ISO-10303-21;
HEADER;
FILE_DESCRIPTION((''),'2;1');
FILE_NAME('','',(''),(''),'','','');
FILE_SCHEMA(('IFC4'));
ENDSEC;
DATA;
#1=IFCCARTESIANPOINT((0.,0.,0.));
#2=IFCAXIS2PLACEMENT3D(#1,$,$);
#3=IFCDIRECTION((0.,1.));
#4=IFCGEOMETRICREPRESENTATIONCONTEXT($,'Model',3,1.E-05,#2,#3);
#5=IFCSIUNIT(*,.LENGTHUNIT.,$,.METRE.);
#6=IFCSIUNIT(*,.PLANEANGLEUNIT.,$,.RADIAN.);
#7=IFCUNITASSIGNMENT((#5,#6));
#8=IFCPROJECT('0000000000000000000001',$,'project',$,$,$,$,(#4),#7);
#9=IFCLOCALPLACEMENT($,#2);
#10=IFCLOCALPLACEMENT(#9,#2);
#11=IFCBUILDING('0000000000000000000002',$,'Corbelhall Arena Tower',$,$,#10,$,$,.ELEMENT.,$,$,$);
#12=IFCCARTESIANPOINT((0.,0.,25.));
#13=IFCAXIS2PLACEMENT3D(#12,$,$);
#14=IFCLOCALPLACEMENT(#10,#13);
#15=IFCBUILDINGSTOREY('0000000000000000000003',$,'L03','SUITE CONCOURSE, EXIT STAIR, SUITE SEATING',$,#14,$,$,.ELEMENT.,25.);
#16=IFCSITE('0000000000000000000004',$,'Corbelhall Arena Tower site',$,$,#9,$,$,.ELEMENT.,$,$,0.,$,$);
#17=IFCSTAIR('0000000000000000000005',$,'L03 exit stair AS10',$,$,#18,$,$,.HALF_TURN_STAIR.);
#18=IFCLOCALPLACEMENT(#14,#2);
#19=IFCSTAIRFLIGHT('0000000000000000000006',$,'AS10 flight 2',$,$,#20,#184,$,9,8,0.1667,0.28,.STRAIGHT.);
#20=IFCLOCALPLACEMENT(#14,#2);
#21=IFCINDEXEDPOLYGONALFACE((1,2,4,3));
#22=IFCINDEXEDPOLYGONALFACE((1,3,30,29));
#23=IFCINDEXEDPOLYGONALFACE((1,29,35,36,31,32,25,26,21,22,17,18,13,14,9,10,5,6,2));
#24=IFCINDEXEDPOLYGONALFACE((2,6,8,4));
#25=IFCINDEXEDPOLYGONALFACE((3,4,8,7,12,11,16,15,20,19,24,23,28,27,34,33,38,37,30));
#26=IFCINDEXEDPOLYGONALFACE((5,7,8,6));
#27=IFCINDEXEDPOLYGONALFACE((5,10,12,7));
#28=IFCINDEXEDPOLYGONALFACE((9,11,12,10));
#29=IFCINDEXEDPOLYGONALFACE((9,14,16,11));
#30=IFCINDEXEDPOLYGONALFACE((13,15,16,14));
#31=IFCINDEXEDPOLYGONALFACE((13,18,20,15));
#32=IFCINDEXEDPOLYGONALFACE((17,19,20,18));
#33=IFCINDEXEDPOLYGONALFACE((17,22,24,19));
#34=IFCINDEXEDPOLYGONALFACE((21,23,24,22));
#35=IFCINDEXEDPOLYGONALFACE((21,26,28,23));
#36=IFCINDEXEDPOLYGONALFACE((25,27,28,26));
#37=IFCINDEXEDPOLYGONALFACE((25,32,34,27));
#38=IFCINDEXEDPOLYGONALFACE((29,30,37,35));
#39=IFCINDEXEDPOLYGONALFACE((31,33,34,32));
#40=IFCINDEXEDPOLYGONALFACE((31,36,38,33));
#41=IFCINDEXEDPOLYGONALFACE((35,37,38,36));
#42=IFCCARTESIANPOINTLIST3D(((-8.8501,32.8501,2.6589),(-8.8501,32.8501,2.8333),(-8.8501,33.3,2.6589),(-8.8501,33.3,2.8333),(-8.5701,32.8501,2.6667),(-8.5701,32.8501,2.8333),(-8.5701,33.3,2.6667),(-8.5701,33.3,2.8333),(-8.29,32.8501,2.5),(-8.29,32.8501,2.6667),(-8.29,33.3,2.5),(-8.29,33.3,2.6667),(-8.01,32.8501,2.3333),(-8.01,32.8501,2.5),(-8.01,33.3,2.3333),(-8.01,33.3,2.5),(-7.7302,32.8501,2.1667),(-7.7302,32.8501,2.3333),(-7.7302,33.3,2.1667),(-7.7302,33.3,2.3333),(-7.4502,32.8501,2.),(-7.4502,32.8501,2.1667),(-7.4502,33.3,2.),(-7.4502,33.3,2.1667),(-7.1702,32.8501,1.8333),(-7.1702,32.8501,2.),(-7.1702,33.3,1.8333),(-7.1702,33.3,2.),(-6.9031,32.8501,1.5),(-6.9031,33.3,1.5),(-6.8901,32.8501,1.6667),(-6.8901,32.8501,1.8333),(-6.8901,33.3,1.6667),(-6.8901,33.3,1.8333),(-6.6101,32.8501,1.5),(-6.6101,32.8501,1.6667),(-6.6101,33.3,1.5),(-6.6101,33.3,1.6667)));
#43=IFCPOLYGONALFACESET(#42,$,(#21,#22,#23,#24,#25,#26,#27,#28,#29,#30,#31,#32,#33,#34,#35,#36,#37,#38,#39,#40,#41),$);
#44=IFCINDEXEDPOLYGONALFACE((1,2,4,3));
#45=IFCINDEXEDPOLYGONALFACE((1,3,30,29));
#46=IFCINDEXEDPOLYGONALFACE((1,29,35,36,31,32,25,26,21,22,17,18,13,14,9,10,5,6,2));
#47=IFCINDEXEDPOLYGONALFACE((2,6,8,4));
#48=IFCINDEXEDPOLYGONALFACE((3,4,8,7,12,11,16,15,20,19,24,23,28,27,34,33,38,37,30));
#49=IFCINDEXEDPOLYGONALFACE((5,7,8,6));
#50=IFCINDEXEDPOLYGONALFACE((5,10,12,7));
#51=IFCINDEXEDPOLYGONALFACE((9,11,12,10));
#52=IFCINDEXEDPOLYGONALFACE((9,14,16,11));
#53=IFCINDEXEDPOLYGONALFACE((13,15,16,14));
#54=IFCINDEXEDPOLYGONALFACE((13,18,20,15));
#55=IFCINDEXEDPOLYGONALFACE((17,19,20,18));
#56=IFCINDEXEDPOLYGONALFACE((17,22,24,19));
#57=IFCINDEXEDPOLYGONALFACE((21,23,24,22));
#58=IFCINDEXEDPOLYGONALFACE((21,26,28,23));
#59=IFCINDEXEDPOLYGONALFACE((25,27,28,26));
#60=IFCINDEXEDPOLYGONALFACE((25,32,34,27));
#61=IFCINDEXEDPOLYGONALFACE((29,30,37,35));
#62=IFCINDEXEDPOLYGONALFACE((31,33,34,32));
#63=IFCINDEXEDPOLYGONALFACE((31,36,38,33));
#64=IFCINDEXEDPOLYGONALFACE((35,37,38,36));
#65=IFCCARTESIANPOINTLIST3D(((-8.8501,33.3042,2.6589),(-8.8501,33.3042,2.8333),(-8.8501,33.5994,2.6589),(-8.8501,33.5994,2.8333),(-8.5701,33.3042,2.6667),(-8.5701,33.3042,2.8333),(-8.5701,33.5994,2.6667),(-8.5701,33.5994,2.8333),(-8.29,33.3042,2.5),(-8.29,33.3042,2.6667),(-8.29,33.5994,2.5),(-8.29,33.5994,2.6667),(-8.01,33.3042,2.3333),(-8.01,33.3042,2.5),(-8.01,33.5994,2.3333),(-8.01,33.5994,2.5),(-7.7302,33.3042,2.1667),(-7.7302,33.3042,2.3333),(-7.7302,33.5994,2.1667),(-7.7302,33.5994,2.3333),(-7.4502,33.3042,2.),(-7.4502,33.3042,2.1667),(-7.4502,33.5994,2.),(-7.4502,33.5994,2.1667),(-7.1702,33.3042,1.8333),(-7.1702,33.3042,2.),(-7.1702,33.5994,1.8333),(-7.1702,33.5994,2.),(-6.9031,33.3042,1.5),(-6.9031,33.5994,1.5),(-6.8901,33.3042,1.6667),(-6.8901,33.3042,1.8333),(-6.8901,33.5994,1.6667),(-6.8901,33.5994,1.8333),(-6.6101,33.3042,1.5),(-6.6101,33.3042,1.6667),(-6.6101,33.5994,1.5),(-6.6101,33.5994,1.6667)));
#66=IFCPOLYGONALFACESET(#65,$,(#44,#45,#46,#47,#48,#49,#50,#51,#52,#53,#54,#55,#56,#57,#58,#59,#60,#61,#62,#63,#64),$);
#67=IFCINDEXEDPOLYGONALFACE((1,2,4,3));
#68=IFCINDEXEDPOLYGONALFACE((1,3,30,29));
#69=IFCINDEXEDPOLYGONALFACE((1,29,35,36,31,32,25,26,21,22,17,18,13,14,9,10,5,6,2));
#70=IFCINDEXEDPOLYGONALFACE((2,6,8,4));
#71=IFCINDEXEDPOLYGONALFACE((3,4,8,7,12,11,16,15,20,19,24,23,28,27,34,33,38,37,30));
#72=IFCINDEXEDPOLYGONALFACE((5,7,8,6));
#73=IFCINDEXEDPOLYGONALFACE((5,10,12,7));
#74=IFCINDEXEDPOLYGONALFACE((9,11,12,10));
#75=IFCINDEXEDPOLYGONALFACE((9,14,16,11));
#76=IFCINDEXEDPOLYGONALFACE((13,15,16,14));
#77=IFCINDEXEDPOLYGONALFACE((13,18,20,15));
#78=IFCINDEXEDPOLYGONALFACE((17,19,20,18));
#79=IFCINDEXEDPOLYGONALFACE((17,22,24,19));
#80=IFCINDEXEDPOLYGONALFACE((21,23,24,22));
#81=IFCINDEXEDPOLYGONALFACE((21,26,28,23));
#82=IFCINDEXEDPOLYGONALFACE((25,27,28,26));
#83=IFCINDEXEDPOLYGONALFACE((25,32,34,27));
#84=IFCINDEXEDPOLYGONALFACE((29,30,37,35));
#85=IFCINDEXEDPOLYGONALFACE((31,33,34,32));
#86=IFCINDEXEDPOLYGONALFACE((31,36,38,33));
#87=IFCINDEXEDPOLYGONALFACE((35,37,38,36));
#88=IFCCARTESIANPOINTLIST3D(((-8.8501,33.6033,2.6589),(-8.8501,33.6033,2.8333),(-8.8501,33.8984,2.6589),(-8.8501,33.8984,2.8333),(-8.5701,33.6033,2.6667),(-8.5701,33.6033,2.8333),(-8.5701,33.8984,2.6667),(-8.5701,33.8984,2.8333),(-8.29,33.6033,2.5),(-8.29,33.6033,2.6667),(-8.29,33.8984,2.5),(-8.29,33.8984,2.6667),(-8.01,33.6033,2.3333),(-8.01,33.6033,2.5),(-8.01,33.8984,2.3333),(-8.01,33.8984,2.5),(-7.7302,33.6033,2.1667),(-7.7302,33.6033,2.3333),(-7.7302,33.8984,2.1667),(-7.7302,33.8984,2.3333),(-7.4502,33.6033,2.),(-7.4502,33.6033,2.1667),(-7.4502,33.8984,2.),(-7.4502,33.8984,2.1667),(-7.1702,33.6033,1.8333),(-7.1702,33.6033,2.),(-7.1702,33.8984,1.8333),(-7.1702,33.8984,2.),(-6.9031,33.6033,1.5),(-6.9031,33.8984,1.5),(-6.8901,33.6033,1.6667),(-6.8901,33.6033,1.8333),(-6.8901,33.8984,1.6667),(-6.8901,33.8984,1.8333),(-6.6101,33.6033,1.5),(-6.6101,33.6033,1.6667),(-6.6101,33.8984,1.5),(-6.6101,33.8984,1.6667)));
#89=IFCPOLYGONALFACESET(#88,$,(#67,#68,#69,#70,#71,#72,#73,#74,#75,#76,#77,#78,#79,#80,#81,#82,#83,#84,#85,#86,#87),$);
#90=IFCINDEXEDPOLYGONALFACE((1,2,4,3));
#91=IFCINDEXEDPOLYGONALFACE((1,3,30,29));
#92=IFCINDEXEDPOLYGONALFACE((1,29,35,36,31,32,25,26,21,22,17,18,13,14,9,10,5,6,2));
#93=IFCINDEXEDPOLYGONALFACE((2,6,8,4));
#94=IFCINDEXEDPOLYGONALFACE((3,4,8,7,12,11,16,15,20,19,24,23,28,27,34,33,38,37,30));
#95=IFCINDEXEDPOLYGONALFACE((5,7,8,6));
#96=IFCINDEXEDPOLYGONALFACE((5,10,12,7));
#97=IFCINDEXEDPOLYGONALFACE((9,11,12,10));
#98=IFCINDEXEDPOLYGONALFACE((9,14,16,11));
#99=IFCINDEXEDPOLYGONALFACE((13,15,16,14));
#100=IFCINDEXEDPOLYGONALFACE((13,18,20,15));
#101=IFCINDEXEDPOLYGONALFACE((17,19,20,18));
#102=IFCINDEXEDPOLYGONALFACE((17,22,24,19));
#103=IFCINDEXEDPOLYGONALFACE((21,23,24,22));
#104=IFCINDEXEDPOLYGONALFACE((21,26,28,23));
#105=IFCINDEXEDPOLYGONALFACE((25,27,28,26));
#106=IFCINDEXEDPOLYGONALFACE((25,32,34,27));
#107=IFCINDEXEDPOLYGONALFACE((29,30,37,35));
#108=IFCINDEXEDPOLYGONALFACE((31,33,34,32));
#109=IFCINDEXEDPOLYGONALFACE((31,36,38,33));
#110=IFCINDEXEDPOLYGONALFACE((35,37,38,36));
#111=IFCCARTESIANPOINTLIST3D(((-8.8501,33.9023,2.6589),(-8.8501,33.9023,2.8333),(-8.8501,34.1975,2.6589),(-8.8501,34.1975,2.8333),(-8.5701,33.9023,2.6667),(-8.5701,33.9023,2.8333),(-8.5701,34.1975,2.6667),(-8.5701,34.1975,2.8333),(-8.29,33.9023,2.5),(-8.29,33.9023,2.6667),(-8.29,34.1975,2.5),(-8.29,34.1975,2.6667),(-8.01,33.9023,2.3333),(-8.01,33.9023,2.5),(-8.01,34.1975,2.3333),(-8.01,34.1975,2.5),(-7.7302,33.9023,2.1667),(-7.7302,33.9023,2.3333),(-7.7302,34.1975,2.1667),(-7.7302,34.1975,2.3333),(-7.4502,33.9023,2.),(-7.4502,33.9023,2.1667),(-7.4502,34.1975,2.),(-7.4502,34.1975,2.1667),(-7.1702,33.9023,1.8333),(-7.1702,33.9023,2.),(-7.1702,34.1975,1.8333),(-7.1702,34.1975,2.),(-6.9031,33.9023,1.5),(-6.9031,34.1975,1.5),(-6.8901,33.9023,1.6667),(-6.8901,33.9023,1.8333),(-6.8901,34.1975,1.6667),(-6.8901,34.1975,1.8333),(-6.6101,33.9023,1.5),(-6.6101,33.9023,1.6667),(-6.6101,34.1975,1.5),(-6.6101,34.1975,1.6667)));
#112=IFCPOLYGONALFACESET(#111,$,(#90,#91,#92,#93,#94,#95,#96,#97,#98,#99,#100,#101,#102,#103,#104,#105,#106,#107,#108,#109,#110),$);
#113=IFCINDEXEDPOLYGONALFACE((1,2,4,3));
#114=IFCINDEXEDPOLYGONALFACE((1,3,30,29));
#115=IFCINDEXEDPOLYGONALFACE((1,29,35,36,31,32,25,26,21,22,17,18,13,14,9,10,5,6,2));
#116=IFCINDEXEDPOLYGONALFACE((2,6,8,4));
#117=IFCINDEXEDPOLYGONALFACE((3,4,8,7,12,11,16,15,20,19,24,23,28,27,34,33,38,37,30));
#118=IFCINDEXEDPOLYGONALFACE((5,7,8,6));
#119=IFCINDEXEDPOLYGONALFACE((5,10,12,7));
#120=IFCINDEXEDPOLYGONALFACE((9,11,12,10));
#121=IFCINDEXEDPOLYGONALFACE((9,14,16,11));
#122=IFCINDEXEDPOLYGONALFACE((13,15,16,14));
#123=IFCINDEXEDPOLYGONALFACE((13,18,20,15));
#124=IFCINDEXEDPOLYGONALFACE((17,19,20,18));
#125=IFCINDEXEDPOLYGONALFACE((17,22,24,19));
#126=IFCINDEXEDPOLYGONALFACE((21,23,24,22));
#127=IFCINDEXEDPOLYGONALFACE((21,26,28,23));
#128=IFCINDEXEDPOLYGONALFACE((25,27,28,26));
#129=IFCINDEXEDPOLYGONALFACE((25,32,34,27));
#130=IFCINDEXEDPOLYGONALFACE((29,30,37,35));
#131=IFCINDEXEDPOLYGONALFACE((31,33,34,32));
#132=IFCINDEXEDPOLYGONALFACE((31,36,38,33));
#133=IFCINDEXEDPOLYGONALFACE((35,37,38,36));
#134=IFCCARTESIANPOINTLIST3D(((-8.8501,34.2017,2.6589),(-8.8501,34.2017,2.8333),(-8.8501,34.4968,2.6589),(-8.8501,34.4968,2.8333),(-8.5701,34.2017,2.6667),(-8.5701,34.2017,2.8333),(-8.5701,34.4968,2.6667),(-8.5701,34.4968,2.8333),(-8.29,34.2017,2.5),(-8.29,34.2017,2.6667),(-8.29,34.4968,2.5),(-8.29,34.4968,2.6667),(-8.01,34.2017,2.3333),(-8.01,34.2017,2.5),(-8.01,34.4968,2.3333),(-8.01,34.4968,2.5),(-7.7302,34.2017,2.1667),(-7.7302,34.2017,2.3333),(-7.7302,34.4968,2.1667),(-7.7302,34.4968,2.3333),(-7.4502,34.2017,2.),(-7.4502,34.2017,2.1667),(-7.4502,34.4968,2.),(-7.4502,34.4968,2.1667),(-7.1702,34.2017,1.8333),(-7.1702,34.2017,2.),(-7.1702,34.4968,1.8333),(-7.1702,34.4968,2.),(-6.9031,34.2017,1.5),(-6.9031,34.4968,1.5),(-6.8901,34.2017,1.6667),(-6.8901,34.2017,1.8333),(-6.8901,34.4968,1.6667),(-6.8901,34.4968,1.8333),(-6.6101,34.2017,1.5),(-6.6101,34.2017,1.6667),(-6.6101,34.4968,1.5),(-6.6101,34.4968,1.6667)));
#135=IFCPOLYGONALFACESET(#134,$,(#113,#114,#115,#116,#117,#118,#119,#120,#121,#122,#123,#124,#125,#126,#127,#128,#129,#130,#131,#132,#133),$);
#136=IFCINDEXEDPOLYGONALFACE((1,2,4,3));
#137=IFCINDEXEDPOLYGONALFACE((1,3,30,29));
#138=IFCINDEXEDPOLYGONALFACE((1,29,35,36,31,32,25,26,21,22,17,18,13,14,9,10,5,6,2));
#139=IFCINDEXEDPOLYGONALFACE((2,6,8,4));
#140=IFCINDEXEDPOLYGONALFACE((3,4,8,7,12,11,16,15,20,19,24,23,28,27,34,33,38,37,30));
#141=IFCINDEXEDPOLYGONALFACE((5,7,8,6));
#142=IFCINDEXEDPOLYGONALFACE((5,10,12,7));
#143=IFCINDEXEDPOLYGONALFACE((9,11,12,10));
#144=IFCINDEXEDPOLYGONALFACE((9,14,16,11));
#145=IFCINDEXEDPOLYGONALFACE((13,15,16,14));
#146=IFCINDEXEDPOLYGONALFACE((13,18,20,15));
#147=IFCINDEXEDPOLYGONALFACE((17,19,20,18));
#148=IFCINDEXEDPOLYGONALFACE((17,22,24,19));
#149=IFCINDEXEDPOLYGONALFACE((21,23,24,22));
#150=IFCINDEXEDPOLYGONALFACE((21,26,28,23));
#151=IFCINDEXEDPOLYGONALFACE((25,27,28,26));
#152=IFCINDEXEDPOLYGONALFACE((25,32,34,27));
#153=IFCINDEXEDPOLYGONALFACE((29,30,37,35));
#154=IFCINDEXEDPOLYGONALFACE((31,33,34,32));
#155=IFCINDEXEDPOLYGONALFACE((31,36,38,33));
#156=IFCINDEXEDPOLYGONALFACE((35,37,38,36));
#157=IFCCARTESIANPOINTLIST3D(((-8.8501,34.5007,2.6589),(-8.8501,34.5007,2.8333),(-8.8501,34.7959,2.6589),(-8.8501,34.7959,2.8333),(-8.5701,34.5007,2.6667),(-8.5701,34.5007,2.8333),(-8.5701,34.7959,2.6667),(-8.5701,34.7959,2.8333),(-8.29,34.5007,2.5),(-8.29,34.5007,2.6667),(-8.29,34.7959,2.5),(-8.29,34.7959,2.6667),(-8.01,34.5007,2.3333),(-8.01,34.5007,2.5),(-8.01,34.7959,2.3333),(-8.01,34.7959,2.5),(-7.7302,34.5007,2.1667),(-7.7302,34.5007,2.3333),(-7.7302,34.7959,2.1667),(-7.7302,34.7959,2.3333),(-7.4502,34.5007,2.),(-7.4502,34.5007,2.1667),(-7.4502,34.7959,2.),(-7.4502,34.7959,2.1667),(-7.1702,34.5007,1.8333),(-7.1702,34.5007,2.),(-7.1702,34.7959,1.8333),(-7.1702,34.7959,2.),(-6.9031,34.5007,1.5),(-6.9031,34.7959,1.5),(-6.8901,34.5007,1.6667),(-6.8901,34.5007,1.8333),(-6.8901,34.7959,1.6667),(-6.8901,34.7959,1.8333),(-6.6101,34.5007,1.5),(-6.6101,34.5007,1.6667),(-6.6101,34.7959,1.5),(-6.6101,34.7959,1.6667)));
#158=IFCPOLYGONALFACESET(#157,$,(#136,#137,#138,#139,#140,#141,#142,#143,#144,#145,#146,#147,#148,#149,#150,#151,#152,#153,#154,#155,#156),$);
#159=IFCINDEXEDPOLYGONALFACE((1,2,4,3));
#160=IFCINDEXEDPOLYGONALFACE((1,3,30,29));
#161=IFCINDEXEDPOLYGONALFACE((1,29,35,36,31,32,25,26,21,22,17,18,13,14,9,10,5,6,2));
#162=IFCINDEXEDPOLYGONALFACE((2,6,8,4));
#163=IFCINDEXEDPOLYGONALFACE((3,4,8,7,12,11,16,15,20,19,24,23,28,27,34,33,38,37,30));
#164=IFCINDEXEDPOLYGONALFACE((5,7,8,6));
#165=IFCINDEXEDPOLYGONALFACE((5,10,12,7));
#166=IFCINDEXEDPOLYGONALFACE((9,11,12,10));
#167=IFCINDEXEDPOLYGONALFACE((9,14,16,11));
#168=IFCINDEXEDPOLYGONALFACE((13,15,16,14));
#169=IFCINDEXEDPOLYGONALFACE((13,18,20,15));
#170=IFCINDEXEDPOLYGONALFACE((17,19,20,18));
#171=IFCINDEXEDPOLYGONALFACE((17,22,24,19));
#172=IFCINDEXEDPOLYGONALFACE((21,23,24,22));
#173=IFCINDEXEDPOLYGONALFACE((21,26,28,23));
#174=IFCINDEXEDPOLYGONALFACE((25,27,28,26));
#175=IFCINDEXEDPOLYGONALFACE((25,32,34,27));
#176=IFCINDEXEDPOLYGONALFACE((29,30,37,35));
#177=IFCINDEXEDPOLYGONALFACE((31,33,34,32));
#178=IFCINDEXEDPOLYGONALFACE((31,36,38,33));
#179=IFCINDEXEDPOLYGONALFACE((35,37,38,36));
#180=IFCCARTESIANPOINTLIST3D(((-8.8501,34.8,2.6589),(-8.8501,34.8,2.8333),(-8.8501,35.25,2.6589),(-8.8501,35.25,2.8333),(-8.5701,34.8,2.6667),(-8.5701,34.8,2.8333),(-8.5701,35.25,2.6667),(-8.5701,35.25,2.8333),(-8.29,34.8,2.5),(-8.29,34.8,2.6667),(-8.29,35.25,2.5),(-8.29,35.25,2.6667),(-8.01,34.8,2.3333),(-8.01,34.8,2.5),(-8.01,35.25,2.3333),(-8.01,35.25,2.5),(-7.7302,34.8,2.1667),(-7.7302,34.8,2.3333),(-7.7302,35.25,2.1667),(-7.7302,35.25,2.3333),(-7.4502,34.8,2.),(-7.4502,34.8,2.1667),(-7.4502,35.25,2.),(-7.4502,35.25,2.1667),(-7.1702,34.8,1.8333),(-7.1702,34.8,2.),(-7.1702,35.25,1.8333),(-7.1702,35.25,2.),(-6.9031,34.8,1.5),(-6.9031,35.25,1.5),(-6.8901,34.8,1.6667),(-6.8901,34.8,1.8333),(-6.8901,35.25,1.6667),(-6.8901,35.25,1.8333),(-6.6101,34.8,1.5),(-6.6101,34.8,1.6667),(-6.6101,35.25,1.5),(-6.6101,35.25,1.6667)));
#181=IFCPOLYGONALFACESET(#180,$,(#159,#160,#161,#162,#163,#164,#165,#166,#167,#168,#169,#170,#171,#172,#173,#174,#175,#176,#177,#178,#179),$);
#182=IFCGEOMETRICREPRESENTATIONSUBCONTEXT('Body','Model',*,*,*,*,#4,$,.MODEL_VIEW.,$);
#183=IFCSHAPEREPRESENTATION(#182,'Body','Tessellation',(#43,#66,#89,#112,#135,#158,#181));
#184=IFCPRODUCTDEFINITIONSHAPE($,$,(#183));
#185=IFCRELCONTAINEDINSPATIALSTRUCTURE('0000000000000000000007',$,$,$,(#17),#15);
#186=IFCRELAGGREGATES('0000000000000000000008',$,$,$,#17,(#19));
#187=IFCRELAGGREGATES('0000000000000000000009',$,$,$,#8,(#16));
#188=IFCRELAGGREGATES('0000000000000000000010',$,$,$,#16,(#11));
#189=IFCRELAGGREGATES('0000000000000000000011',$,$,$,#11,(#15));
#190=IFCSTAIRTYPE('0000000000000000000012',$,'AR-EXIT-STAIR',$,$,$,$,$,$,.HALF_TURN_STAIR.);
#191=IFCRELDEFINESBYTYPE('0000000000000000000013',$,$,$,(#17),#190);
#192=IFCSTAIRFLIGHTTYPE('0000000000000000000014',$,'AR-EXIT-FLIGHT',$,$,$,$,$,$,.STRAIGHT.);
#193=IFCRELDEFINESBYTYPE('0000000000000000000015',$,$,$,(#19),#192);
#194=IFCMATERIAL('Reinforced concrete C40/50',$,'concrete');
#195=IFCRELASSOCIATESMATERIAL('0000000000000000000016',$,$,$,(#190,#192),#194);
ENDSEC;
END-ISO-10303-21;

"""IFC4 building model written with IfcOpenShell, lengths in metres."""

from ifc_helpers import new_model, si_unit, direction, frame, origin, place, context, subcontext, project, spatial, polyline, outline, extrude, material, type_object, element, aggregate, save


model = new_model("IFC4")

# Units and contexts
model_context = context("Model", 3, precision=1e-05, world=origin(), true_north=direction((0.0, 1.0)))
body_context = subcontext(model_context, "Body", "Model", "MODEL_VIEW")
ifc_project = project(units=[si_unit("LENGTHUNIT", "METRE"), si_unit("PLANEANGLEUNIT", "RADIAN")], contexts=[model_context])

# Site, building, storey
site_placement = place(None, origin())
site = spatial("IfcSite", under=ifc_project, at=site_placement, Name="Corbelhall Arena Tower site", CompositionType="ELEMENT", RefElevation=0.0)
building_placement = place(site_placement, origin())
building = spatial("IfcBuilding", under=site, at=building_placement, Name="Corbelhall Arena Tower", CompositionType="ELEMENT")
storey_placement = place(building_placement, frame((0.0, 0.0, 25.0)))
storey = spatial("IfcBuildingStorey", under=building, at=storey_placement, Name="L03", Description="SUITE CONCOURSE, EXIT STAIR, SUITE SEATING", CompositionType="ELEMENT", Elevation=25.0)

# Shared definitions
ifc_material_1 = material(Name="Reinforced concrete C40/50", Category="concrete")

# Stair, stair flight
stair_type = type_object("IfcStairType", Name="AR-EXIT-STAIR", PredefinedType="HALF_TURN_STAIR", material=ifc_material_1)
stair_placement = place(storey_placement, origin())
stair = element("IfcStair", 1, at=stair_placement, inside=storey, type_object=stair_type, Name="L03 exit stair AS10", PredefinedType="HALF_TURN_STAIR")
stair_flight_type = type_object("IfcStairFlightType", Name="AR-EXIT-FLIGHT", PredefinedType="STRAIGHT", material=ifc_material_1)
stair_flight_1_placement = place(storey_placement, frame((-6.6101, 34.05, 1.5), z_axis=(0.0, 0.0, 1.0), x_axis=(-1.0, 0.0, 0.0)))
stair_flight_1 = element("IfcStairFlight", 2, at=stair_flight_1_placement, type_object=stair_flight_type, Name="AS10 flight 2", NumberOfRisers=9, NumberOfTreads=8, PredefinedType="STRAIGHT", RiserHeight=0.1667, TreadLength=0.28, context=body_context, shape_type="SweptSolid", body=[
    extrude(outline(polyline([(0.0, 0.0), (0.0, 0.1667), (0.28, 0.1667), (0.28, 0.3333), (0.5601, 0.3333), (0.5601, 0.5), (0.8401, 0.5), (0.8401, 0.6667), (1.1201, 0.6667), (1.1201, 0.8333), (1.3999, 0.8333), (1.3999, 1.0), (1.6799, 1.0), (1.6799, 1.1667), (1.96, 1.1667), (1.96, 1.3333), (2.24, 1.3333), (2.24, 1.5), (2.24, 1.1589), (0.293, 0.0), (0.0, 0.0)])), frame((0.0, 1.2, 0.0), z_axis=(0.0, -1.0, 0.0), x_axis=(1.0, 0.0, 0.0)), (0.0, 0.0, 1.0), 0.45),
    extrude(outline(polyline([(0.0, 0.0), (0.0, 0.1667), (0.28, 0.1667), (0.28, 0.3333), (0.5601, 0.3333), (0.5601, 0.5), (0.8401, 0.5), (0.8401, 0.6667), (1.1201, 0.6667), (1.1201, 0.8333), (1.3999, 0.8333), (1.3999, 1.0), (1.6799, 1.0), (1.6799, 1.1667), (1.96, 1.1667), (1.96, 1.3333), (2.24, 1.3333), (2.24, 1.5), (2.24, 1.1589), (0.293, 0.0), (0.0, 0.0)])), frame((0.0, 0.7458, 0.0), z_axis=(0.0, -1.0, 0.0), x_axis=(1.0, 0.0, 0.0)), (0.0, 0.0, 1.0), 0.2952),
    extrude(outline(polyline([(0.0, 0.0), (0.0, 0.1667), (0.28, 0.1667), (0.28, 0.3333), (0.5601, 0.3333), (0.5601, 0.5), (0.8401, 0.5), (0.8401, 0.6667), (1.1201, 0.6667), (1.1201, 0.8333), (1.3999, 0.8333), (1.3999, 1.0), (1.6799, 1.0), (1.6799, 1.1667), (1.96, 1.1667), (1.96, 1.3333), (2.24, 1.3333), (2.24, 1.5), (2.24, 1.1589), (0.293, 0.0), (0.0, 0.0)])), frame((0.0, 0.4468, 0.0), z_axis=(0.0, -1.0, 0.0), x_axis=(1.0, 0.0, 0.0)), (0.0, 0.0, 1.0), 0.2952),
    extrude(outline(polyline([(0.0, 0.0), (0.0, 0.1667), (0.28, 0.1667), (0.28, 0.3333), (0.5601, 0.3333), (0.5601, 0.5), (0.8401, 0.5), (0.8401, 0.6667), (1.1201, 0.6667), (1.1201, 0.8333), (1.3999, 0.8333), (1.3999, 1.0), (1.6799, 1.0), (1.6799, 1.1667), (1.96, 1.1667), (1.96, 1.3333), (2.24, 1.3333), (2.24, 1.5), (2.24, 1.1589), (0.293, 0.0), (0.0, 0.0)])), frame((0.0, 0.1477, 0.0), z_axis=(0.0, -1.0, 0.0), x_axis=(1.0, 0.0, 0.0)), (0.0, 0.0, 1.0), 0.2952),
    extrude(outline(polyline([(0.0, 0.0), (0.0, 0.1667), (0.28, 0.1667), (0.28, 0.3333), (0.5601, 0.3333), (0.5601, 0.5), (0.8401, 0.5), (0.8401, 0.6667), (1.1201, 0.6667), (1.1201, 0.8333), (1.3999, 0.8333), (1.3999, 1.0), (1.6799, 1.0), (1.6799, 1.1667), (1.96, 1.1667), (1.96, 1.3333), (2.24, 1.3333), (2.24, 1.5), (2.24, 1.1589), (0.293, 0.0), (0.0, 0.0)])), frame((0.0, -0.1516, 0.0), z_axis=(0.0, -1.0, 0.0), x_axis=(1.0, 0.0, 0.0)), (0.0, 0.0, 1.0), 0.2952),
    extrude(outline(polyline([(0.0, 0.0), (0.0, 0.1667), (0.28, 0.1667), (0.28, 0.3333), (0.5601, 0.3333), (0.5601, 0.5), (0.8401, 0.5), (0.8401, 0.6667), (1.1201, 0.6667), (1.1201, 0.8333), (1.3999, 0.8333), (1.3999, 1.0), (1.6799, 1.0), (1.6799, 1.1667), (1.96, 1.1667), (1.96, 1.3333), (2.24, 1.3333), (2.24, 1.5), (2.24, 1.1589), (0.293, 0.0), (0.0, 0.0)])), frame((0.0, -0.4507, 0.0), z_axis=(0.0, -1.0, 0.0), x_axis=(1.0, 0.0, 0.0)), (0.0, 0.0, 1.0), 0.2952),
    extrude(outline(polyline([(0.0, 0.0), (0.0, 0.1667), (0.28, 0.1667), (0.28, 0.3333), (0.5601, 0.3333), (0.5601, 0.5), (0.8401, 0.5), (0.8401, 0.6667), (1.1201, 0.6667), (1.1201, 0.8333), (1.3999, 0.8333), (1.3999, 1.0), (1.6799, 1.0), (1.6799, 1.1667), (1.96, 1.1667), (1.96, 1.3333), (2.24, 1.3333), (2.24, 1.5), (2.24, 1.1589), (0.293, 0.0), (0.0, 0.0)])), frame((0.0, -0.75, 0.0), z_axis=(0.0, -1.0, 0.0), x_axis=(1.0, 0.0, 0.0)), (0.0, 0.0, 1.0), 0.45),
])
aggregate(stair, [stair_flight_1])

save(model, "model.ifc")
